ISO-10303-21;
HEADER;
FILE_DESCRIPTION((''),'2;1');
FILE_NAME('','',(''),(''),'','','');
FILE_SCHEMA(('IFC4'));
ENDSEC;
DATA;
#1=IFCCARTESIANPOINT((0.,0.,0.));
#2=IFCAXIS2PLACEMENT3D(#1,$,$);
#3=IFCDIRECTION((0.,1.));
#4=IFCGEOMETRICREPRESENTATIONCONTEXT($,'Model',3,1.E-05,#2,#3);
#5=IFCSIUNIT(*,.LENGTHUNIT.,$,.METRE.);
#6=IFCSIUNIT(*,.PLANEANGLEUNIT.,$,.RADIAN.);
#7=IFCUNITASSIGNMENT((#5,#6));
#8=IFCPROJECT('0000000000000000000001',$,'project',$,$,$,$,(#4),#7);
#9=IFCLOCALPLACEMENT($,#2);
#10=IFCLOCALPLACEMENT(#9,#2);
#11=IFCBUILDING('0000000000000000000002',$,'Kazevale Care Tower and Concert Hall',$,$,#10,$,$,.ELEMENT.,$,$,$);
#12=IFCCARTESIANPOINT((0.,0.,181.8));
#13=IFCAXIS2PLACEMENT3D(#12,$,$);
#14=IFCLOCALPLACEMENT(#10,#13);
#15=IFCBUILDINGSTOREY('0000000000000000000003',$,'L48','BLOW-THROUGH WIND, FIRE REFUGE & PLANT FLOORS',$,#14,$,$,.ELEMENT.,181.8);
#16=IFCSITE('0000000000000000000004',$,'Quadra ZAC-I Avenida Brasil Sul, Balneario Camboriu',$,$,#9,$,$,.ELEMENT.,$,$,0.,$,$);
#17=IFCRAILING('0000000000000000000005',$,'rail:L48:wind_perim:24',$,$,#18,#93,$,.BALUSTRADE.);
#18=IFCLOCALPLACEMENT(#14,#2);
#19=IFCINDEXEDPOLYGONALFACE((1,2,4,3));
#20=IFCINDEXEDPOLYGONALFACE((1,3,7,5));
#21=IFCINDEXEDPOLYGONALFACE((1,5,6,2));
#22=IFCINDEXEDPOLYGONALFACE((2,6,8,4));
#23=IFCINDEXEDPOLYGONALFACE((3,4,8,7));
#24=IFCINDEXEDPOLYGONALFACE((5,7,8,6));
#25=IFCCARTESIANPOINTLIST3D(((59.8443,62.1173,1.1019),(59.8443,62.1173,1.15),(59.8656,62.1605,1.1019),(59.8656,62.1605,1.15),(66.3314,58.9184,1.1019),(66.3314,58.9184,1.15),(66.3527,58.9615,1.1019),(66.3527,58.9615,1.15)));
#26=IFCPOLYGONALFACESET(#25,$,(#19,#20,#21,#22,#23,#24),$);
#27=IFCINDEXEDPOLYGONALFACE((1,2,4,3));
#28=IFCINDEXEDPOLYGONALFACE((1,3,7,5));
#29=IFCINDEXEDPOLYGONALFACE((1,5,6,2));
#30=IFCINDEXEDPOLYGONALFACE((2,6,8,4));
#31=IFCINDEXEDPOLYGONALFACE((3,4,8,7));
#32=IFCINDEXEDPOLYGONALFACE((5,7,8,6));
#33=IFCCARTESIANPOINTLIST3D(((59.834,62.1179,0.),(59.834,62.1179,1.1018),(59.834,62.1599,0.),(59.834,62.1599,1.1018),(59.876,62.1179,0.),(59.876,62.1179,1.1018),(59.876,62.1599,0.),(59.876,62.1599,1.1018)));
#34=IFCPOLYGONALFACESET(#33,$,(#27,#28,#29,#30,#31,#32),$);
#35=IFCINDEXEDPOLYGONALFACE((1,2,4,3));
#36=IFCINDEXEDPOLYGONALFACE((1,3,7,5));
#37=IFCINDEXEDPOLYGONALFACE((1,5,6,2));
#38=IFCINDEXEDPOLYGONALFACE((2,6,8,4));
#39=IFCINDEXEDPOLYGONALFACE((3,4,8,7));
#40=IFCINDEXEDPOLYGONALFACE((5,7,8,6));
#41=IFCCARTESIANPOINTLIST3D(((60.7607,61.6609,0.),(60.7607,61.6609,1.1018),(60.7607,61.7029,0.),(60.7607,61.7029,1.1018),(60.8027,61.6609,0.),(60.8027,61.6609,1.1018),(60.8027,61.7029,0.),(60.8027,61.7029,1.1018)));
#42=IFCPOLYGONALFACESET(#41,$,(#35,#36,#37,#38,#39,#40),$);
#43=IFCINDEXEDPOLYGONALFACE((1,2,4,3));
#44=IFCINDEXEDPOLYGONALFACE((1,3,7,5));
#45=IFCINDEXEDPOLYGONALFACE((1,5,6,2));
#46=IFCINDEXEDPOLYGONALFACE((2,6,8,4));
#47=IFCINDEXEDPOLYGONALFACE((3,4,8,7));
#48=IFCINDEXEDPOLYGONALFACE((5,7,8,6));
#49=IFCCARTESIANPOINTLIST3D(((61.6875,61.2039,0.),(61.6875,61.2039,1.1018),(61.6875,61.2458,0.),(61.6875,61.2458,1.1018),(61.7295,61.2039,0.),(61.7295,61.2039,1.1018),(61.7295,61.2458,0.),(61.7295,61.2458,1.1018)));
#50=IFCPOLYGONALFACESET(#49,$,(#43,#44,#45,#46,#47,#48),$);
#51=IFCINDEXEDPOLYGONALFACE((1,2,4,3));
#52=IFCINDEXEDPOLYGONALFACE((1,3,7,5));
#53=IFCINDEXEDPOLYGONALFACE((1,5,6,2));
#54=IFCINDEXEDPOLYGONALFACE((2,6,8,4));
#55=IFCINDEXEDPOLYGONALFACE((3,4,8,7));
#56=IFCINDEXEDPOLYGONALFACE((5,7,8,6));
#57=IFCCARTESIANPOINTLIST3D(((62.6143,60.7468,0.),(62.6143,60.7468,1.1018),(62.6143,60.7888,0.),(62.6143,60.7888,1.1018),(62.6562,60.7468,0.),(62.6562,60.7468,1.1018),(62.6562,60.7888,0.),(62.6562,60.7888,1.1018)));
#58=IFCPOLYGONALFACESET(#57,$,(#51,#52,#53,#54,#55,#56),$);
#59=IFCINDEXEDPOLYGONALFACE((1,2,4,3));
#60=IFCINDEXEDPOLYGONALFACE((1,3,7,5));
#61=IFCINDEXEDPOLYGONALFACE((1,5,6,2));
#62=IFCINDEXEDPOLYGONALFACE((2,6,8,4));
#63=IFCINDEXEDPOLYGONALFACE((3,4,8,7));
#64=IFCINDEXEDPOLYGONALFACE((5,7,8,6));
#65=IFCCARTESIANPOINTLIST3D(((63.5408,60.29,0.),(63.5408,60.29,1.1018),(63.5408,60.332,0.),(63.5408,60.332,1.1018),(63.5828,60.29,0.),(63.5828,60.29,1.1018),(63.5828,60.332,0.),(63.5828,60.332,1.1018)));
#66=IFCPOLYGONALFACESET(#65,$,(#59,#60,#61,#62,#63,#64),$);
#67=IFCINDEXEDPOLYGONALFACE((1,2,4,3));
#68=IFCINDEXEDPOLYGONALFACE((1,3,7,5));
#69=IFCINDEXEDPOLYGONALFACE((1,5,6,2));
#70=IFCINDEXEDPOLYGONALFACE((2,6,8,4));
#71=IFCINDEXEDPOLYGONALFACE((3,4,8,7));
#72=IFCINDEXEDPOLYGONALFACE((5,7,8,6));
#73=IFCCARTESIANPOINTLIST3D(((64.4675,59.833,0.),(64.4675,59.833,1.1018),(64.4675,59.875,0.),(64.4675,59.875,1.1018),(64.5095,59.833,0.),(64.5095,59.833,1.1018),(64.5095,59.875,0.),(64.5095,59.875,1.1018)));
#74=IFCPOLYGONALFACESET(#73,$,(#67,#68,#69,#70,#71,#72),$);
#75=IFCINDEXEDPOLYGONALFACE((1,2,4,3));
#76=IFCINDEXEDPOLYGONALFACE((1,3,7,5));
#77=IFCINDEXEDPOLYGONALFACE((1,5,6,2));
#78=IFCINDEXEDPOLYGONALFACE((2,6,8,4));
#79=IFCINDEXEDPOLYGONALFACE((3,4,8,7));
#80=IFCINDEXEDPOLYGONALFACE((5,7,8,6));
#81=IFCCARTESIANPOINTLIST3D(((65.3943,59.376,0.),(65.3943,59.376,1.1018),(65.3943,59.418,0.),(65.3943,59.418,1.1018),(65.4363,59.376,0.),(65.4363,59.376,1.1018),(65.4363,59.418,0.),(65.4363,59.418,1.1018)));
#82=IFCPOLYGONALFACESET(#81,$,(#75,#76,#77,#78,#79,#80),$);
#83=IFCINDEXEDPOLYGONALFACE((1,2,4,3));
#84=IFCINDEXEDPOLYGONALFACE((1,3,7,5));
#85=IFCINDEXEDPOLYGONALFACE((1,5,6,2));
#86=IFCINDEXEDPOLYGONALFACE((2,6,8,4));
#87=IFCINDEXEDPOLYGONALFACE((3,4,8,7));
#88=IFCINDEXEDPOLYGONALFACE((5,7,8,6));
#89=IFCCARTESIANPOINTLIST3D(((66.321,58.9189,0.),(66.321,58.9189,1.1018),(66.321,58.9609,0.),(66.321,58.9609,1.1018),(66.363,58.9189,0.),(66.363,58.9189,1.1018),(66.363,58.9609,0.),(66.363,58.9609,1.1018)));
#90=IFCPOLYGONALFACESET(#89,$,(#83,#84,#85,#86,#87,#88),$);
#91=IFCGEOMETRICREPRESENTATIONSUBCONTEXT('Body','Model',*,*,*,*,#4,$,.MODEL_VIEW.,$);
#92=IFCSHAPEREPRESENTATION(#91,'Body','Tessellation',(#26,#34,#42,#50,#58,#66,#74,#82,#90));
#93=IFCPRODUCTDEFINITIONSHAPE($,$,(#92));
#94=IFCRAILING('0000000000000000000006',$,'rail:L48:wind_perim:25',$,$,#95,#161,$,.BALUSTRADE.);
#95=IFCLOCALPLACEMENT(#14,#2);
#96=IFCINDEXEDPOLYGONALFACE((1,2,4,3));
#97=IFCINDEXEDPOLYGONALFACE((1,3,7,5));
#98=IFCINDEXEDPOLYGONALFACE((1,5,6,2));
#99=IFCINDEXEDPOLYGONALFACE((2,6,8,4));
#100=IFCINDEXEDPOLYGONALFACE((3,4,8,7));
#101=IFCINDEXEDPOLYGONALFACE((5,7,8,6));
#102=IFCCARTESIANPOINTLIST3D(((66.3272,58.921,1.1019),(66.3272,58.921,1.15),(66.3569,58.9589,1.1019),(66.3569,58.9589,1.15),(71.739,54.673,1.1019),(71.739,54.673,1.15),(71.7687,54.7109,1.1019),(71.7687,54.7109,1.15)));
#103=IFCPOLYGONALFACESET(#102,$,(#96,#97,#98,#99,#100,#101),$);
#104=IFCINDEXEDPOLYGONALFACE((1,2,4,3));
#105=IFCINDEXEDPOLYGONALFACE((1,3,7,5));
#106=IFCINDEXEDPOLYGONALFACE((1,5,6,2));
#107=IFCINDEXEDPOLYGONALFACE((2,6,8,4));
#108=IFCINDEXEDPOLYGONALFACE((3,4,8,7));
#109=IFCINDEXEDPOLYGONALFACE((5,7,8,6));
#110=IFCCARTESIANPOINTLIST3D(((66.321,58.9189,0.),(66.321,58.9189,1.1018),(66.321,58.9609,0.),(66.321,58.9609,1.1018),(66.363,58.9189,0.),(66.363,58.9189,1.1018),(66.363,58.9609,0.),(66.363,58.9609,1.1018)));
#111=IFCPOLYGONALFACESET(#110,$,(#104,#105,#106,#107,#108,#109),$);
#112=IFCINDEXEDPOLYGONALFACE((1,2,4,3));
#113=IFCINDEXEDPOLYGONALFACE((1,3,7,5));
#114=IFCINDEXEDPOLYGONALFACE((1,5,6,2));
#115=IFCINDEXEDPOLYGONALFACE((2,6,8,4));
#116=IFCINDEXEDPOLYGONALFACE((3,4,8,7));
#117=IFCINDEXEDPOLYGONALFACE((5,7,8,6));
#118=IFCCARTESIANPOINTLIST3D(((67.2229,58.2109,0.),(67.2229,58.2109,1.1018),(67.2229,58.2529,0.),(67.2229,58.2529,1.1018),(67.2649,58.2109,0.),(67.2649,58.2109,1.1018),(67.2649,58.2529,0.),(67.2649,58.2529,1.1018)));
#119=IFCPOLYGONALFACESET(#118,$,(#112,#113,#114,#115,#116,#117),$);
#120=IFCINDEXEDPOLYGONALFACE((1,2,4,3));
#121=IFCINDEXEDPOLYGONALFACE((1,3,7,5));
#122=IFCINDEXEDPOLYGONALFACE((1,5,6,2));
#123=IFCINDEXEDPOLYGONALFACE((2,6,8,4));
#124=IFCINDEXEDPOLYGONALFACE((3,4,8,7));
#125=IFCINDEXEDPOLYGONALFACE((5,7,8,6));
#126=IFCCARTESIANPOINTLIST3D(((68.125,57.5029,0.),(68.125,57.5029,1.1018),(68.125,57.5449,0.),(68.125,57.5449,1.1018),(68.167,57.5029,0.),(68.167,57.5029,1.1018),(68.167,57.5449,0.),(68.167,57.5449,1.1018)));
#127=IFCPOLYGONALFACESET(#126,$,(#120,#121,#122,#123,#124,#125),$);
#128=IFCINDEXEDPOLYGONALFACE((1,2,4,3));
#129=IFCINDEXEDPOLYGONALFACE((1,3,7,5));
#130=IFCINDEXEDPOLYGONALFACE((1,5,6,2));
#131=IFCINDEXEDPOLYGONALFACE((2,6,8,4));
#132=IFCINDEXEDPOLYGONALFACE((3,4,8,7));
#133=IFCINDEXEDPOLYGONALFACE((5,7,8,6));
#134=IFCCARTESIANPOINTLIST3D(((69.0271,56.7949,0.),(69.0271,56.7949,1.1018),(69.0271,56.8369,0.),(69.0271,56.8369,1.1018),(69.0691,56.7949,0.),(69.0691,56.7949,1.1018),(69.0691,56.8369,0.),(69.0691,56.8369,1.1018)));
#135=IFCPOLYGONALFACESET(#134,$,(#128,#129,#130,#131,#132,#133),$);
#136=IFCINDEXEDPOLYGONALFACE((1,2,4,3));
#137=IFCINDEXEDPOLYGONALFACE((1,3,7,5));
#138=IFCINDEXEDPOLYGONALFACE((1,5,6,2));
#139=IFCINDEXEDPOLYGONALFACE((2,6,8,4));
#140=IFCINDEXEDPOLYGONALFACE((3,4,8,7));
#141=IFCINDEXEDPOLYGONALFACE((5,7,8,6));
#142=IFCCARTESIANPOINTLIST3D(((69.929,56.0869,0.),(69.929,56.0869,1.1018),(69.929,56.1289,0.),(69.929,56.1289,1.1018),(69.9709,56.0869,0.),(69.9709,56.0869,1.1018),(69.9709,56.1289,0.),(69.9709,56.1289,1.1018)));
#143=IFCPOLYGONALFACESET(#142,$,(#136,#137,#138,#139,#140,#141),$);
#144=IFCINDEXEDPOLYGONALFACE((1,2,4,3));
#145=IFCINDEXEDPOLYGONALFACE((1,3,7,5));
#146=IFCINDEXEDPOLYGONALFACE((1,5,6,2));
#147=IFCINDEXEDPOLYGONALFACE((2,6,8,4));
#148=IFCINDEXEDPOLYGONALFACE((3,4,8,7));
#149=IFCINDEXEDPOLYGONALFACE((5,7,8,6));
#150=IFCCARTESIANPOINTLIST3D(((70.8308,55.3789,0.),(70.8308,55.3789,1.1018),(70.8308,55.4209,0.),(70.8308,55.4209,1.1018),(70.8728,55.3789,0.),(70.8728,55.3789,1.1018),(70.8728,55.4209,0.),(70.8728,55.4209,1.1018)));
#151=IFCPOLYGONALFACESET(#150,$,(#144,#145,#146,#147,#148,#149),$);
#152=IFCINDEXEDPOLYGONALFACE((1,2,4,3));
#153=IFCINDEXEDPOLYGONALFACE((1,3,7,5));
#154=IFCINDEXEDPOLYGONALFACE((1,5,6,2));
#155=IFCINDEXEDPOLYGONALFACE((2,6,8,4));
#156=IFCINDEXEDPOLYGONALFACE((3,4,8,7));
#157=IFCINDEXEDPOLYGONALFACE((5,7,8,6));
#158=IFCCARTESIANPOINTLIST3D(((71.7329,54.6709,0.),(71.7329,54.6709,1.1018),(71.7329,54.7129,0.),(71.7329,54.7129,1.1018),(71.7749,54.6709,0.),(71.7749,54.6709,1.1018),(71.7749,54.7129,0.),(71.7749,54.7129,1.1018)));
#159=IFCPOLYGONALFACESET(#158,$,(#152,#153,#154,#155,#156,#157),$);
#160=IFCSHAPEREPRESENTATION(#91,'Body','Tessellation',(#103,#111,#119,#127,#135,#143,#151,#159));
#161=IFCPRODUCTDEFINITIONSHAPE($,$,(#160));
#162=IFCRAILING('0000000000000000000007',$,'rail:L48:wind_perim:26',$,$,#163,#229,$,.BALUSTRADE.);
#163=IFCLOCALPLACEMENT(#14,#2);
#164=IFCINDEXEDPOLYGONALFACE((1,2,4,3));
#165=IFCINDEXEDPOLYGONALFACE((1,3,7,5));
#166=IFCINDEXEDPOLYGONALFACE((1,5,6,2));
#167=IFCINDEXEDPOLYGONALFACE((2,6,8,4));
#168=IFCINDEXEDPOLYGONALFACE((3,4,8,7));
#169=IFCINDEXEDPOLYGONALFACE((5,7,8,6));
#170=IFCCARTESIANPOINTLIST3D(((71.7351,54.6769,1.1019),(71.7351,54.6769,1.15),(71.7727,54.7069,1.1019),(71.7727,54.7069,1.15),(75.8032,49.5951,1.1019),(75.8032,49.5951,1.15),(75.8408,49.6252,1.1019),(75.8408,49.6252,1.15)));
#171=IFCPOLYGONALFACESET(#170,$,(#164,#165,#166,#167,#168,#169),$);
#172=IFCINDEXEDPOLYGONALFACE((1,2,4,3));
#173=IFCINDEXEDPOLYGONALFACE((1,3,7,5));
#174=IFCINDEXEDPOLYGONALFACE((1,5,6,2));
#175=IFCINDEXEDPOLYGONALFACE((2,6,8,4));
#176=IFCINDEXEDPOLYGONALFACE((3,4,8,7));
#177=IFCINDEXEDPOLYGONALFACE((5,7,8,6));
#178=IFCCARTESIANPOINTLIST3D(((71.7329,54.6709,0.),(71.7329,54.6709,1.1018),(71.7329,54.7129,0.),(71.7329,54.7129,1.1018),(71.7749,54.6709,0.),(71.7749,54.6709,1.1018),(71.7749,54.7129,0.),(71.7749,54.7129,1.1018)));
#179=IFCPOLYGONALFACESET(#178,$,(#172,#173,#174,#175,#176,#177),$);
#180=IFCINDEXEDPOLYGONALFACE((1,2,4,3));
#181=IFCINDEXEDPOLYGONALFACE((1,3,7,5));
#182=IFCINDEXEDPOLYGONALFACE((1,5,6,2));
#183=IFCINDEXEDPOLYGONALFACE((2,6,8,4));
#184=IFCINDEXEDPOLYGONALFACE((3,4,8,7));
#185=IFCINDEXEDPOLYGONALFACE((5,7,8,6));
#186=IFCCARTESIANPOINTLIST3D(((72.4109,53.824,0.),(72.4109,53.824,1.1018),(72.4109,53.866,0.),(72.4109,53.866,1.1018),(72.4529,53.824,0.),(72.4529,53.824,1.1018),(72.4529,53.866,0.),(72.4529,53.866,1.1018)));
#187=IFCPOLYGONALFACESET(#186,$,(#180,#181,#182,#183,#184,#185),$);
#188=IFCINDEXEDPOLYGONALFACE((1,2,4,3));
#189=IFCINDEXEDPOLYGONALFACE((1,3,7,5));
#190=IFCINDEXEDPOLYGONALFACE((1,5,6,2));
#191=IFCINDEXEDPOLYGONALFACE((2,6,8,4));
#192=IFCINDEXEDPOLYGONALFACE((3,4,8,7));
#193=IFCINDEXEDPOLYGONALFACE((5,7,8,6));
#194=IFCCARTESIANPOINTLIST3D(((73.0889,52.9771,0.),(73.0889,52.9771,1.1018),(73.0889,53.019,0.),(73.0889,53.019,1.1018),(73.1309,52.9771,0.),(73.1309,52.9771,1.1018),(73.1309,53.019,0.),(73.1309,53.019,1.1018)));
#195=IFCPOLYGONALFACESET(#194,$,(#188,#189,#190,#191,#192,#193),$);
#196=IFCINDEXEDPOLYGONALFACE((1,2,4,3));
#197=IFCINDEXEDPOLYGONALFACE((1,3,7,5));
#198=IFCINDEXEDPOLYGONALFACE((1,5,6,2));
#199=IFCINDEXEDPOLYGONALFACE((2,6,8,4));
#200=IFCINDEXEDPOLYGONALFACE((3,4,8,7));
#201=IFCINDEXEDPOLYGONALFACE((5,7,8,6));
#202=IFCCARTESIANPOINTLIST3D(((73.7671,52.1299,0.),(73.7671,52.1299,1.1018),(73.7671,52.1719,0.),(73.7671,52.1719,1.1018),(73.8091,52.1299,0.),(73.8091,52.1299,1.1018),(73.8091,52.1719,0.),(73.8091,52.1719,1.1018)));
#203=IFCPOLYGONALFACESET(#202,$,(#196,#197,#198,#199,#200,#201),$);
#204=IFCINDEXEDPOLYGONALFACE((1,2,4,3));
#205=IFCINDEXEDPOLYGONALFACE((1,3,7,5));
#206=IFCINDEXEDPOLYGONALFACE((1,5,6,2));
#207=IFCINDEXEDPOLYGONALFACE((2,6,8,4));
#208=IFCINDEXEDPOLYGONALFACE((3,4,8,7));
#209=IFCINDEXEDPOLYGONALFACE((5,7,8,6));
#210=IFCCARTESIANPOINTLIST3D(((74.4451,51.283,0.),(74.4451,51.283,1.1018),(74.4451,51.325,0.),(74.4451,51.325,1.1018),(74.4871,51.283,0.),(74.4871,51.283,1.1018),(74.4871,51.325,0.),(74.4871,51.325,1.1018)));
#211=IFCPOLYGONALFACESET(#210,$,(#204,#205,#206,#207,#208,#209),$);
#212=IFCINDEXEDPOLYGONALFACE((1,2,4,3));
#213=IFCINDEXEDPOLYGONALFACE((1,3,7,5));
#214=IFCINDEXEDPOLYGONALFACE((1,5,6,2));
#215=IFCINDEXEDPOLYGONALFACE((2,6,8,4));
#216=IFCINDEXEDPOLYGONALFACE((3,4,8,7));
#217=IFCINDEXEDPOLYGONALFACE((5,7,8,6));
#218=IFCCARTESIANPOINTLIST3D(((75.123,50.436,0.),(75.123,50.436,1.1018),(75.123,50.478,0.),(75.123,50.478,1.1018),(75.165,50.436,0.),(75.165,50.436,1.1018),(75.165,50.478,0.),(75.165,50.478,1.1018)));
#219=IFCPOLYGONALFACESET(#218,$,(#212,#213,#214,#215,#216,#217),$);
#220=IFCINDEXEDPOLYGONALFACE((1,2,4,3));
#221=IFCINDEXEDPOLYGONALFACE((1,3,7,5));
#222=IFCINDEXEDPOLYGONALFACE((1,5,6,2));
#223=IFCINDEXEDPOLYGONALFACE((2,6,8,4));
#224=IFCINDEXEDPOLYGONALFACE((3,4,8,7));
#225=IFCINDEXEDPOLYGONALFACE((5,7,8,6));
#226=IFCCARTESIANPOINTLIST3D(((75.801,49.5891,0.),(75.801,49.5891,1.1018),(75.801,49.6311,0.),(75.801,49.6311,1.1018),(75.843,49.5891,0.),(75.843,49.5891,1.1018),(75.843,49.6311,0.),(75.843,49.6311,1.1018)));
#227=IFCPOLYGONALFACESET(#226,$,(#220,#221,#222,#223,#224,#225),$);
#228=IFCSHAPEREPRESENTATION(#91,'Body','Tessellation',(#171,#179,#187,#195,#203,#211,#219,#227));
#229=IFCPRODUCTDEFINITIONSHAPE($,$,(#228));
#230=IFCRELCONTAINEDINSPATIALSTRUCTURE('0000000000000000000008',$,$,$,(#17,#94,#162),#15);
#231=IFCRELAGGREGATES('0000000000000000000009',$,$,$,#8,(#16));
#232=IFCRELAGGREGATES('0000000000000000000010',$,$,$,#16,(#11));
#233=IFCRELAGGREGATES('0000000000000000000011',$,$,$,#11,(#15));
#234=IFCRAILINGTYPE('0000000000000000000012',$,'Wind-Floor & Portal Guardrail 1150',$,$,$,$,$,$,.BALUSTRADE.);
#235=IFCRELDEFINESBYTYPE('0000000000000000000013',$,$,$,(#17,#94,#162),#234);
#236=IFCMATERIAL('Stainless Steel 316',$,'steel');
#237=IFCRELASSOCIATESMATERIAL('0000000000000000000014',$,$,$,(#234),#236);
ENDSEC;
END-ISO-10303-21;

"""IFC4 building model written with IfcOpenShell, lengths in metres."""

from ifc_helpers import new_model, si_unit, direction, frame, origin, origin_2d, place, context, subcontext, project, spatial, rectangle, extrude, material, type_object, element, save


model = new_model("IFC4")

# Units and contexts
model_context = context("Model", 3, precision=1e-05, world=origin(), true_north=direction((0.0, 1.0)))
body_context = subcontext(model_context, "Body", "Model", "MODEL_VIEW")
ifc_project = project(units=[si_unit("LENGTHUNIT", "METRE"), si_unit("PLANEANGLEUNIT", "RADIAN")], contexts=[model_context])

# Site, building, storey
site_placement = place(None, origin())
site = spatial("IfcSite", under=ifc_project, at=site_placement, Name="Quadra ZAC-I Avenida Brasil Sul, Balneario Camboriu", CompositionType="ELEMENT", RefElevation=0.0)
building_placement = place(site_placement, origin())
building = spatial("IfcBuilding", under=site, at=building_placement, Name="Kazevale Care Tower and Concert Hall", CompositionType="ELEMENT")
storey_placement = place(building_placement, frame((0.0, 0.0, 181.8)))
storey = spatial("IfcBuildingStorey", under=building, at=storey_placement, Name="L48", Description="BLOW-THROUGH WIND, FIRE REFUGE & PLANT FLOORS", CompositionType="ELEMENT", Elevation=181.8)

# Railings
ifc_material_1 = material(Name="Stainless Steel 316", Category="steel")
railing_type = type_object("IfcRailingType", Name="Wind-Floor & Portal Guardrail 1150", PredefinedType="BALUSTRADE", material=ifc_material_1)
railing_1_placement = place(storey_placement, frame((59.855, 62.1389, 0.0)))
element("IfcRailing", 1, at=railing_1_placement, inside=storey, type_object=railing_type, Name="rail:L48:wind_perim:24", PredefinedType="BALUSTRADE", context=body_context, shape_type="SweptSolid", body=[
    extrude(rectangle(XDim=0.0481, YDim=0.0481, at=origin_2d()), frame((0.0, 0.0, 1.126), z_axis=(0.896878, -0.442279, 0.0), x_axis=(0.442279, 0.896878, 0.0)), (0.0, 0.0, 1.0), 7.2329),
    extrude(rectangle(XDim=0.042, YDim=0.042, at=origin_2d()), origin(), (0.0, 0.0, 1.0), 1.1018),
    extrude(rectangle(XDim=0.042, YDim=0.042, at=origin_2d()), frame((0.9268, -0.457, 0.0)), (0.0, 0.0, 1.0), 1.1018),
    extrude(rectangle(XDim=0.042, YDim=0.042, at=origin_2d()), frame((1.8535, -0.9141, 0.0)), (0.0, 0.0, 1.0), 1.1018),
    extrude(rectangle(XDim=0.042, YDim=0.042, at=origin_2d()), frame((2.7803, -1.3711, 0.0)), (0.0, 0.0, 1.0), 1.1018),
    extrude(rectangle(XDim=0.042, YDim=0.042, at=origin_2d()), frame((3.7068, -1.8279, 0.0)), (0.0, 0.0, 1.0), 1.1018),
    extrude(rectangle(XDim=0.042, YDim=0.042, at=origin_2d()), frame((4.6335, -2.2849, 0.0)), (0.0, 0.0, 1.0), 1.1018),
    extrude(rectangle(XDim=0.042, YDim=0.042, at=origin_2d()), frame((5.5603, -2.7419, 0.0)), (0.0, 0.0, 1.0), 1.1018),
    extrude(rectangle(XDim=0.042, YDim=0.042, at=origin_2d()), frame((6.4871, -3.199, 0.0)), (0.0, 0.0, 1.0), 1.1018),
])
railing_2_placement = place(storey_placement, frame((66.342, 58.9399, 0.0)))
element("IfcRailing", 2, at=railing_2_placement, inside=storey, type_object=railing_type, Name="rail:L48:wind_perim:25", PredefinedType="BALUSTRADE", context=body_context, shape_type="SweptSolid", body=[
    extrude(rectangle(XDim=0.0481, YDim=0.0481, at=origin_2d()), frame((0.0, 0.0, 1.126), z_axis=(0.78661, -0.61745, 0.0), x_axis=(0.61745, 0.78661, 0.0)), (0.0, 0.0, 1.0), 6.8799),
    extrude(rectangle(XDim=0.042, YDim=0.042, at=origin_2d()), origin(), (0.0, 0.0, 1.0), 1.1018),
    extrude(rectangle(XDim=0.042, YDim=0.042, at=origin_2d()), frame((0.9019, -0.708, 0.0)), (0.0, 0.0, 1.0), 1.1018),
    extrude(rectangle(XDim=0.042, YDim=0.042, at=origin_2d()), frame((1.804, -1.416, 0.0)), (0.0, 0.0, 1.0), 1.1018),
    extrude(rectangle(XDim=0.042, YDim=0.042, at=origin_2d()), frame((2.7061, -2.124, 0.0)), (0.0, 0.0, 1.0), 1.1018),
    extrude(rectangle(XDim=0.042, YDim=0.042, at=origin_2d()), frame((3.6079, -2.832, 0.0)), (0.0, 0.0, 1.0), 1.1018),
    extrude(rectangle(XDim=0.042, YDim=0.042, at=origin_2d()), frame((4.5098, -3.54, 0.0)), (0.0, 0.0, 1.0), 1.1018),
    extrude(rectangle(XDim=0.042, YDim=0.042, at=origin_2d()), frame((5.4119, -4.248, 0.0)), (0.0, 0.0, 1.0), 1.1018),
])
railing_3_placement = place(storey_placement, frame((71.7539, 54.6919, 0.0)))
element("IfcRailing", 3, at=railing_3_placement, inside=storey, type_object=railing_type, Name="rail:L48:wind_perim:26", PredefinedType="BALUSTRADE", context=body_context, shape_type="SweptSolid", body=[
    extrude(rectangle(XDim=0.0481, YDim=0.0481, at=origin_2d()), frame((0.0, 0.0, 1.126), z_axis=(0.624947, -0.780668, 0.0), x_axis=(0.780668, 0.624947, 0.0)), (0.0, 0.0, 1.0), 6.5095),
    extrude(rectangle(XDim=0.042, YDim=0.042, at=origin_2d()), origin(), (0.0, 0.0, 1.0), 1.1018),
    extrude(rectangle(XDim=0.042, YDim=0.042, at=origin_2d()), frame((0.678, -0.8469, 0.0)), (0.0, 0.0, 1.0), 1.1018),
    extrude(rectangle(XDim=0.042, YDim=0.042, at=origin_2d()), frame((1.356, -1.6938, 0.0)), (0.0, 0.0, 1.0), 1.1018),
    extrude(rectangle(XDim=0.042, YDim=0.042, at=origin_2d()), frame((2.0342, -2.541, 0.0)), (0.0, 0.0, 1.0), 1.1018),
    extrude(rectangle(XDim=0.042, YDim=0.042, at=origin_2d()), frame((2.7122, -3.3879, 0.0)), (0.0, 0.0, 1.0), 1.1018),
    extrude(rectangle(XDim=0.042, YDim=0.042, at=origin_2d()), frame((3.3901, -4.2349, 0.0)), (0.0, 0.0, 1.0), 1.1018),
    extrude(rectangle(XDim=0.042, YDim=0.042, at=origin_2d()), frame((4.0681, -5.0818, 0.0)), (0.0, 0.0, 1.0), 1.1018),
])

save(model, "model.ifc")
